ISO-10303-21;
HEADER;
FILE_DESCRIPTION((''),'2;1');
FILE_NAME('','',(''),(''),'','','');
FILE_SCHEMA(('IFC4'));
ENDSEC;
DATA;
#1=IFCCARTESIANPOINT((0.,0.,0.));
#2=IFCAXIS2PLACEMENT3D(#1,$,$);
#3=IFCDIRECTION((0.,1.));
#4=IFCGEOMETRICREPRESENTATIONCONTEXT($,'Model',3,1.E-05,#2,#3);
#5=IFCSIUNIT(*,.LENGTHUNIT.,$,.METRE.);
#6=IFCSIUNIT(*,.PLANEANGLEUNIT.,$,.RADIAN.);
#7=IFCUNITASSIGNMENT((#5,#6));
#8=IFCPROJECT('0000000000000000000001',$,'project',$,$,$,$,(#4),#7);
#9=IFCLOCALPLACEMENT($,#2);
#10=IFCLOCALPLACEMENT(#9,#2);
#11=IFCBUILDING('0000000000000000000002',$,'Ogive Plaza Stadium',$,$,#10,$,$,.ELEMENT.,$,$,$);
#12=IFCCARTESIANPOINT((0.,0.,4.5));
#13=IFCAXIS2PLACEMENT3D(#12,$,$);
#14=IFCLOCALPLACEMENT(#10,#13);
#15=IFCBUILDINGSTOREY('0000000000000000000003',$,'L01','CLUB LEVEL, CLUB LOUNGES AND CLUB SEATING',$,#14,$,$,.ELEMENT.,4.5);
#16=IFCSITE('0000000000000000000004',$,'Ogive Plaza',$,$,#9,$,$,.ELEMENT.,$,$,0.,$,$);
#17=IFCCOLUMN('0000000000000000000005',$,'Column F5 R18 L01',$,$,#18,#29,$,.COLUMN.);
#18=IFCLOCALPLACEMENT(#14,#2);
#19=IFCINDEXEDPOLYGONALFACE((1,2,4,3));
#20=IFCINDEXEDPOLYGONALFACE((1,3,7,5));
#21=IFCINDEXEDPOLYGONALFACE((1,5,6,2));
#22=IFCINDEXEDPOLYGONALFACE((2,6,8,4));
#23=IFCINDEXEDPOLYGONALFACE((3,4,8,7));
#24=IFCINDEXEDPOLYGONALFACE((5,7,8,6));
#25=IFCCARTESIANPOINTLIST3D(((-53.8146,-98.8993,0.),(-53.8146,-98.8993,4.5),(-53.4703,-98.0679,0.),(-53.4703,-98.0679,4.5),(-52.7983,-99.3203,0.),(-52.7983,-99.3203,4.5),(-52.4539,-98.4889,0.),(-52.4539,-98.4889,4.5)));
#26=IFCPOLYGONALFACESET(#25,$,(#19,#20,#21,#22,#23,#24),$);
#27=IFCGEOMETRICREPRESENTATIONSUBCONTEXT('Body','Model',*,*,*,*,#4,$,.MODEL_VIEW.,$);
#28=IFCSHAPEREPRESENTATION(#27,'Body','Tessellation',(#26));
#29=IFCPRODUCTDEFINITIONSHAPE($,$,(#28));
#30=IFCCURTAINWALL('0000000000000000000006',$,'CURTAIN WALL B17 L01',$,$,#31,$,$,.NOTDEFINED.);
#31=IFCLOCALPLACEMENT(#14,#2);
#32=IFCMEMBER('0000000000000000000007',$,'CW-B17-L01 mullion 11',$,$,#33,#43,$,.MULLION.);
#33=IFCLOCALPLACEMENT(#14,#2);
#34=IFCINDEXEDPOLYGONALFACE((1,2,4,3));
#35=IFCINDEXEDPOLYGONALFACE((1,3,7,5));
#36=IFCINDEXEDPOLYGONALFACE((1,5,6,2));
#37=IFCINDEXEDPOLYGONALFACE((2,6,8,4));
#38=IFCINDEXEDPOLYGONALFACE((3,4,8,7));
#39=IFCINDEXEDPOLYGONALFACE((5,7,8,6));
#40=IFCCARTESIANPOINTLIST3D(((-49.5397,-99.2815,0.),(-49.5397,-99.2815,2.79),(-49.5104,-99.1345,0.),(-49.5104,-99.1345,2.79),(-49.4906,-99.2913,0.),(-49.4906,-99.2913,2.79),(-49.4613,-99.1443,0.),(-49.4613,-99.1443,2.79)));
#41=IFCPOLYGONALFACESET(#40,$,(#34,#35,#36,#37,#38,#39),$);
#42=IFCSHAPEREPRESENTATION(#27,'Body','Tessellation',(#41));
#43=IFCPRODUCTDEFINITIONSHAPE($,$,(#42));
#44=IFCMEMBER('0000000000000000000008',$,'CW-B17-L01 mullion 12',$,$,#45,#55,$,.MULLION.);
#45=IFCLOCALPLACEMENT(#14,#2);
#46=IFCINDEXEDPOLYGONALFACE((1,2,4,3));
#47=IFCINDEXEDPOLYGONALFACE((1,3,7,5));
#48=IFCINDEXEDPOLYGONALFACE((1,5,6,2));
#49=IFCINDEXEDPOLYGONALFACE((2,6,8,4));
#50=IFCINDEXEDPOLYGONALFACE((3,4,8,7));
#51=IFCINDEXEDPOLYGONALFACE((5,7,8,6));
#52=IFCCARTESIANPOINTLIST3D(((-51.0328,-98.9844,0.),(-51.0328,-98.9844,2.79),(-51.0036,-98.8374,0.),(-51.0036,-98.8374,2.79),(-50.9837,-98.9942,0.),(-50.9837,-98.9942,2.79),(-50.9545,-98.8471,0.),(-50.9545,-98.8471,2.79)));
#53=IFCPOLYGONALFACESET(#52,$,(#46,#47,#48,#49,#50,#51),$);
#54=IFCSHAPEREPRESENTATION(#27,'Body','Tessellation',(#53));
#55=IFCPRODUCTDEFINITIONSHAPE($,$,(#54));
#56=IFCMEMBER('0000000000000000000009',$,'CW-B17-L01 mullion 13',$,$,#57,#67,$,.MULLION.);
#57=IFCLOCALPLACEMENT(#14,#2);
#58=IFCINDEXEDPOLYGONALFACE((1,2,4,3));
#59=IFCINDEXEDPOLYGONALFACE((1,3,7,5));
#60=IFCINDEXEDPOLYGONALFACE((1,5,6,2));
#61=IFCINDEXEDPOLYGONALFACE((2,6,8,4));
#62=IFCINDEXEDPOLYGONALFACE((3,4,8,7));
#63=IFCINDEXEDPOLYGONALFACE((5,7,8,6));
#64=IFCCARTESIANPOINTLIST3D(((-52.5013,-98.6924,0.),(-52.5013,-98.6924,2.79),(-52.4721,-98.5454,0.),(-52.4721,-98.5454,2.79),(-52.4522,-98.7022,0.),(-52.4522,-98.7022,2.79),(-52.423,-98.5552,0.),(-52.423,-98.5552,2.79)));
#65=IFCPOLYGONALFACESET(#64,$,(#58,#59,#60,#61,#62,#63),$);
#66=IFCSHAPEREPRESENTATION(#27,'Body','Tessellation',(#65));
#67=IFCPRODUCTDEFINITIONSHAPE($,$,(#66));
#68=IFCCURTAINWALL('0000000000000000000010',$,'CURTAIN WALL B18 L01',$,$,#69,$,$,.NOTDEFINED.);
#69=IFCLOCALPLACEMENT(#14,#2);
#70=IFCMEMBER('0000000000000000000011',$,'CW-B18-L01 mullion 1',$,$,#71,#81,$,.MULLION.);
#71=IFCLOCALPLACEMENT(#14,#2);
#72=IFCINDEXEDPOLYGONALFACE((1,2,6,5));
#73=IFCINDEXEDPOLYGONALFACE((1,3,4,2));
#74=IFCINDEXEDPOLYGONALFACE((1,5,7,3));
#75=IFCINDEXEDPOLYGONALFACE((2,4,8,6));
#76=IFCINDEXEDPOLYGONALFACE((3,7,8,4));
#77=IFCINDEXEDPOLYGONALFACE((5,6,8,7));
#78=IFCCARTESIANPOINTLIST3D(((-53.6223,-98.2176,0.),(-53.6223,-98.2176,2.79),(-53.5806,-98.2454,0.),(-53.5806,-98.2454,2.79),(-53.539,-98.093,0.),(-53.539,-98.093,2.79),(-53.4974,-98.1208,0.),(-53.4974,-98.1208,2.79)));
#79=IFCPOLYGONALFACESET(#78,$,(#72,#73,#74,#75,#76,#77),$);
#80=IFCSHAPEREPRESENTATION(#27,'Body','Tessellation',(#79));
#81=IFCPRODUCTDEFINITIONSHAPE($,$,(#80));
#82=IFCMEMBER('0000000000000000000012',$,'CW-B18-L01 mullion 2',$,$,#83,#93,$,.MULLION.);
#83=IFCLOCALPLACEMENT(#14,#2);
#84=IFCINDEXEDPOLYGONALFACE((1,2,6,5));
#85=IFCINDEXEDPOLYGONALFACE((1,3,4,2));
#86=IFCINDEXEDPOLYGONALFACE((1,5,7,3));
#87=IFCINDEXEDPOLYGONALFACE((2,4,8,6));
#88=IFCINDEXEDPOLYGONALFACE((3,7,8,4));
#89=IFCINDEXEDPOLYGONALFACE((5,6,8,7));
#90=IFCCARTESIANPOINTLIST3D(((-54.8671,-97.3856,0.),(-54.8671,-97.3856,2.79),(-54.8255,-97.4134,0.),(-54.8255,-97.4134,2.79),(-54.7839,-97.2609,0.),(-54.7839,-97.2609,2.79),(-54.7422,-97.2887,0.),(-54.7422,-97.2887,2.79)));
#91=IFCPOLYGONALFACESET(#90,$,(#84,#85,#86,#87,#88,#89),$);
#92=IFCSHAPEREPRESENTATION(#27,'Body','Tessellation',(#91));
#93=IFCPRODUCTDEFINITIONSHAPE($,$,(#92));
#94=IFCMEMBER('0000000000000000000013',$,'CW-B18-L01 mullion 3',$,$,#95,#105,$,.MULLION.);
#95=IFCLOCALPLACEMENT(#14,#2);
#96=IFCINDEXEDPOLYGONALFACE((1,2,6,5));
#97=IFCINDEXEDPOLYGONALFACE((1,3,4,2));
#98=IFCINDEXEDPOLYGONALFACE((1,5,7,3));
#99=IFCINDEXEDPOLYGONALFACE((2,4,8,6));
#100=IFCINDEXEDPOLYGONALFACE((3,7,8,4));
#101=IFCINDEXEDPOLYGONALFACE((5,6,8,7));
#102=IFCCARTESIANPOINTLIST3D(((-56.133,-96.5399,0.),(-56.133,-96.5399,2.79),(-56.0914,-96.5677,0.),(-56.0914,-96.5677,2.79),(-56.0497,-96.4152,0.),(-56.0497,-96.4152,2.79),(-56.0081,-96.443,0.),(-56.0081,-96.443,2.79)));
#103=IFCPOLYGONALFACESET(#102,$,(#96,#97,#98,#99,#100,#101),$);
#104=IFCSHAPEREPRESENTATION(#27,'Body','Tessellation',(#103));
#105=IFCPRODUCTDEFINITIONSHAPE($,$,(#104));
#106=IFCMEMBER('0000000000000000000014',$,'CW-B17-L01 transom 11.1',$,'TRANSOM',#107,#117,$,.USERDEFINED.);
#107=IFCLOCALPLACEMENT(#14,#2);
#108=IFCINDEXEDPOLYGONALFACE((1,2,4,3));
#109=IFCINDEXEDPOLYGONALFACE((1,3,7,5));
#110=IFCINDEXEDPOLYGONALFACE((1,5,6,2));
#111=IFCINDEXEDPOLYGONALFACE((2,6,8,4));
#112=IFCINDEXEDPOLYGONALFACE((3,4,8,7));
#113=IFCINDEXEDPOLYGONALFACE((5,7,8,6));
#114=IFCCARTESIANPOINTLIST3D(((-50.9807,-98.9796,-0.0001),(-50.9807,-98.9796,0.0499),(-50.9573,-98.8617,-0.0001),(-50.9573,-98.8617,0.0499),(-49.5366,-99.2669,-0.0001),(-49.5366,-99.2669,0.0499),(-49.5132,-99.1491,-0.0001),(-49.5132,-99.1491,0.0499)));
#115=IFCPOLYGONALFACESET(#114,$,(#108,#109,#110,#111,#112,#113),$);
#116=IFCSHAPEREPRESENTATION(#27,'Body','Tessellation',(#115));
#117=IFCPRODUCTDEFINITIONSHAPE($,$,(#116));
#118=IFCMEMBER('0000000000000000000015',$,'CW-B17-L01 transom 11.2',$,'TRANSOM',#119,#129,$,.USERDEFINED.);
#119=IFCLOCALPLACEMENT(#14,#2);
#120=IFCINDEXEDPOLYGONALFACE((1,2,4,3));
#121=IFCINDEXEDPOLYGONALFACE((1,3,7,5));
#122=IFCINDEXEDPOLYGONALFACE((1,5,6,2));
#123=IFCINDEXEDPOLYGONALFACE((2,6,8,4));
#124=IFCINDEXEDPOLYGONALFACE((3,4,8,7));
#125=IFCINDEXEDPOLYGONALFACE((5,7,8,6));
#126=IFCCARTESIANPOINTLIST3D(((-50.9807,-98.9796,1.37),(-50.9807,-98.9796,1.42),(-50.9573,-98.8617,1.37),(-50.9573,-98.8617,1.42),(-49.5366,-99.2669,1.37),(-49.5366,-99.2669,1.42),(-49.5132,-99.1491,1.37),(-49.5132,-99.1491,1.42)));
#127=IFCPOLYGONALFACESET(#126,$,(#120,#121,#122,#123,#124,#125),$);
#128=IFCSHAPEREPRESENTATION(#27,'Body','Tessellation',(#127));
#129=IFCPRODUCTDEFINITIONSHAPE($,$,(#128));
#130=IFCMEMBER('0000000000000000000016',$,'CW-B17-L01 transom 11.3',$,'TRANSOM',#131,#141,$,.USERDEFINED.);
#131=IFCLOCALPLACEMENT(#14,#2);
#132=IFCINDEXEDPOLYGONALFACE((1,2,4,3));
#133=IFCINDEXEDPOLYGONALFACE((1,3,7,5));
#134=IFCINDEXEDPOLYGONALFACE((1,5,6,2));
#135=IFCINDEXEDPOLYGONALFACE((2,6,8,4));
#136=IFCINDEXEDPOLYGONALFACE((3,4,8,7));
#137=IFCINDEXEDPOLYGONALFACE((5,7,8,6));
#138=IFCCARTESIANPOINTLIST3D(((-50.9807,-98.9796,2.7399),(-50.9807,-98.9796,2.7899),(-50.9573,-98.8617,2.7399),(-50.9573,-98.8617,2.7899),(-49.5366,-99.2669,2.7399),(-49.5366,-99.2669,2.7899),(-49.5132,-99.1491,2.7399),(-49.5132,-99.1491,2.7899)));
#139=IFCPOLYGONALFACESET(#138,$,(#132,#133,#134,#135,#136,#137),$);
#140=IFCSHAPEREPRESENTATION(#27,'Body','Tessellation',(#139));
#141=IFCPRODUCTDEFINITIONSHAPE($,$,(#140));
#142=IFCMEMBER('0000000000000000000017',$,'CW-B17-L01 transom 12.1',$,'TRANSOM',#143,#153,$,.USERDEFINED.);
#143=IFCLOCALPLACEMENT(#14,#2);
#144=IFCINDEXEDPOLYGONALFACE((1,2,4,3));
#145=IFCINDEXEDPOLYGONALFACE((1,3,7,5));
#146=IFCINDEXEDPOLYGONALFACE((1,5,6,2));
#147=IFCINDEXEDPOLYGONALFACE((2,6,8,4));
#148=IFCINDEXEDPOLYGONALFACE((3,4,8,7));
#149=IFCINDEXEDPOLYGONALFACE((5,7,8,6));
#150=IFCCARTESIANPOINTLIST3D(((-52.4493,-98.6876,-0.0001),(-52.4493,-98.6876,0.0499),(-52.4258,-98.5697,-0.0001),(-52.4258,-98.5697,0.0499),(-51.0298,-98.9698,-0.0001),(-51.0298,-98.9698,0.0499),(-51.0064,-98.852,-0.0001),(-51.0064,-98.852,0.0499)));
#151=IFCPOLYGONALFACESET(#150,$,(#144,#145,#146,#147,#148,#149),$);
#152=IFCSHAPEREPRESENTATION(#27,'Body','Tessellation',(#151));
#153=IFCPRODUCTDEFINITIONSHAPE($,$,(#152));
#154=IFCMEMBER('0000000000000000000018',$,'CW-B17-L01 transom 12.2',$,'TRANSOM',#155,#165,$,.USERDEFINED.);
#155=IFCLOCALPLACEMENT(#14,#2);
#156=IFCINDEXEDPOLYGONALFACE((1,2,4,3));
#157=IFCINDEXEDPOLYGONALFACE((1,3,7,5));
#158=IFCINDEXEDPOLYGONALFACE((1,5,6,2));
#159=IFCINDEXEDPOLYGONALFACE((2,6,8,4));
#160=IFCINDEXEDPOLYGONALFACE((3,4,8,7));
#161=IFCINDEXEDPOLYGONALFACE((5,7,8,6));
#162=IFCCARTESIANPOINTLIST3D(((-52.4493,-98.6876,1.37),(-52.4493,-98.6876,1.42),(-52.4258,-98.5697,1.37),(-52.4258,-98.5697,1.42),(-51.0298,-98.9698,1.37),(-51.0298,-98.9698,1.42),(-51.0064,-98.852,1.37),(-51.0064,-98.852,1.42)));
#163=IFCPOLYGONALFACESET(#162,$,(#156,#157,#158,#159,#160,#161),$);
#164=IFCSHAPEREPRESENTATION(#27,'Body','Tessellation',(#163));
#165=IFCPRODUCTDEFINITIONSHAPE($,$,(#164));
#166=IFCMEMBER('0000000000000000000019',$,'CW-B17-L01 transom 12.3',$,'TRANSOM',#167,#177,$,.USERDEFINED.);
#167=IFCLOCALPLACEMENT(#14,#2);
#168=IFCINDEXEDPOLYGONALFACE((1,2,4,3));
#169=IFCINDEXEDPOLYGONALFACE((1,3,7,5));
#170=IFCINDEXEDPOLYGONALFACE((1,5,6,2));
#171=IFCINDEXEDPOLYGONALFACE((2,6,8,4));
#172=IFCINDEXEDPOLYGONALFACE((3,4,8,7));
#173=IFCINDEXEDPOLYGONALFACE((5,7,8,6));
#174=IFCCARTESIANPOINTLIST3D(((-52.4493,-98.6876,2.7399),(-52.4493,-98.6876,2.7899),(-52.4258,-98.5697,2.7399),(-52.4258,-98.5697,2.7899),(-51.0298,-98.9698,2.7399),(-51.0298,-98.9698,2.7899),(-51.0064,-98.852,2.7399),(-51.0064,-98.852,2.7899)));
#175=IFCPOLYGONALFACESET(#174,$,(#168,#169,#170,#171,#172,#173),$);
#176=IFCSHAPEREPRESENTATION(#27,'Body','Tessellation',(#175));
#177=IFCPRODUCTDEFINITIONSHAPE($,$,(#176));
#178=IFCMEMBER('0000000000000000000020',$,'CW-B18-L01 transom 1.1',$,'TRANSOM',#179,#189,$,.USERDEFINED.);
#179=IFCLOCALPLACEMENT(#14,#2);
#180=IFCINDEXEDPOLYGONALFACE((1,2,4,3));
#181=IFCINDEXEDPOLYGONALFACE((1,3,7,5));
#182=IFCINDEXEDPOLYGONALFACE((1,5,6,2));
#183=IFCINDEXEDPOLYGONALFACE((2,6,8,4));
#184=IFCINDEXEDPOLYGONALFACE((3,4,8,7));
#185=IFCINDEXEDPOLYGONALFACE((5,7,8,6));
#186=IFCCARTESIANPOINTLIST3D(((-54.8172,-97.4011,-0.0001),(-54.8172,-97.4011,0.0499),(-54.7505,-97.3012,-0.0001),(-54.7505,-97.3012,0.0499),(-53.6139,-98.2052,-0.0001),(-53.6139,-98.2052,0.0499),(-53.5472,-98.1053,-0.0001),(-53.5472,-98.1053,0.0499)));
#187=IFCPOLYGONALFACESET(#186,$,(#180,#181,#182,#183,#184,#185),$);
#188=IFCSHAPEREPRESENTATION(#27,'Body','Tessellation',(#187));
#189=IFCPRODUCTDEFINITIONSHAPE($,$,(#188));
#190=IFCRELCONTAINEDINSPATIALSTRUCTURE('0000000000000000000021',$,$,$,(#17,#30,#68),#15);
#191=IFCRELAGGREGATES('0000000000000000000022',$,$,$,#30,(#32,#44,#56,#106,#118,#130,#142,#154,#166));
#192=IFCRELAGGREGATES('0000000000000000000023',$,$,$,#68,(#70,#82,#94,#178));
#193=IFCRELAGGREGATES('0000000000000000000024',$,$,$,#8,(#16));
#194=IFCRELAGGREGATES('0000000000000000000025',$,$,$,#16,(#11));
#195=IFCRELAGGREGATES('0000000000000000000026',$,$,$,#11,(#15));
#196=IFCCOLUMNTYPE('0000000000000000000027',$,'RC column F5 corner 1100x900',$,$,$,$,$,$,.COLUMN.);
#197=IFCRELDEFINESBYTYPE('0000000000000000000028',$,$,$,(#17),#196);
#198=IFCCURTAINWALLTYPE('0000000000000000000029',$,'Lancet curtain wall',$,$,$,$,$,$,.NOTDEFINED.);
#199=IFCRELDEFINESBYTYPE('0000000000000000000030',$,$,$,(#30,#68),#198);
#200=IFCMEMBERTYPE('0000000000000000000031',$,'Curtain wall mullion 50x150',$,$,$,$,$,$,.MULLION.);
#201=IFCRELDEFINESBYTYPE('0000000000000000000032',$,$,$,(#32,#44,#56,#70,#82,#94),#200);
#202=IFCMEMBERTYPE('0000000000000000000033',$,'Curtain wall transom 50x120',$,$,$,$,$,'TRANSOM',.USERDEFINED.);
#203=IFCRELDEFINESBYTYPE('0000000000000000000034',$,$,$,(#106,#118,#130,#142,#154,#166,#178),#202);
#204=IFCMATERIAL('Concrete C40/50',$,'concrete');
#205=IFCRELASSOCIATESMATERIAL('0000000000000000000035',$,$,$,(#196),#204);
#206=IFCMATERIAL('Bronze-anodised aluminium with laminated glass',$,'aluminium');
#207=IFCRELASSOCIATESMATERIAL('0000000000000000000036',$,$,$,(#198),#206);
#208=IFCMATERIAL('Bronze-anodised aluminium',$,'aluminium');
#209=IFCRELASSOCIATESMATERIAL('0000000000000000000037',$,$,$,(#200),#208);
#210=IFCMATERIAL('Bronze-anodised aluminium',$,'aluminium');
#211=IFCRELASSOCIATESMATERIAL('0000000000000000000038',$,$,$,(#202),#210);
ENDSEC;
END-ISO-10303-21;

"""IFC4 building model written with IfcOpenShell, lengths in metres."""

from ifc_helpers import new_model, si_unit, direction, frame, origin, origin_2d, place, context, subcontext, project, spatial, rectangle, extrude, material, material_profile, profile_set, type_object, element, aggregate, save


model = new_model("IFC4")

# Units and contexts
model_context = context("Model", 3, precision=1e-05, world=origin(), true_north=direction((0.0, 1.0)))
body_context = subcontext(model_context, "Body", "Model", "MODEL_VIEW")
ifc_project = project(units=[si_unit("LENGTHUNIT", "METRE"), si_unit("PLANEANGLEUNIT", "RADIAN")], contexts=[model_context])

# Site, building, storey
site_placement = place(None, origin())
site = spatial("IfcSite", under=ifc_project, at=site_placement, Name="Ogive Plaza", CompositionType="ELEMENT", RefElevation=0.0)
building_placement = place(site_placement, origin())
building = spatial("IfcBuilding", under=site, at=building_placement, Name="Ogive Plaza Stadium", CompositionType="ELEMENT")
storey_placement = place(building_placement, frame((0.0, 0.0, 4.5)))
storey = spatial("IfcBuildingStorey", under=building, at=storey_placement, Name="L01", Description="CLUB LEVEL, CLUB LOUNGES AND CLUB SEATING", CompositionType="ELEMENT", Elevation=4.5)

# Column
ifc_material_1 = material(Name="Concrete C40/50", Category="concrete")
ifc_material_profile_1 = material_profile(ifc_material_1, rectangle(XDim=1.1001, YDim=0.8999, at=origin_2d()), Name="RC 1100x900")
ifc_profile_set_1 = profile_set([ifc_material_profile_1], Name="Concrete C40/50")
column_type = type_object("IfcColumnType", Name="RC column F5 corner 1100x900", PredefinedType="COLUMN", material=ifc_profile_set_1)
column_placement = place(storey_placement, frame((-53.1343, -98.6941, 0.0), z_axis=(0.0, 0.0, 1.0), x_axis=(0.92388, -0.382683, 0.0)))
element("IfcColumn", 1, at=column_placement, inside=storey, type_object=column_type, Name="Column F5 R18 L01", PredefinedType="COLUMN", context=body_context, shape_type="SweptSolid", body=[
    extrude(rectangle(XDim=1.1001, YDim=0.8999, at=origin_2d()), origin(), (0.0, 0.0, 1.0), 4.5),
])

# Curtain walls, members
ifc_material_2 = material(Name="Bronze-anodised aluminium with laminated glass", Category="aluminium")
curtain_wall_type = type_object("IfcCurtainWallType", Name="Lancet curtain wall", PredefinedType="NOTDEFINED", material=ifc_material_2)
curtain_wall_1_placement = place(storey_placement, origin())
curtain_wall_1 = element("IfcCurtainWall", 2, at=curtain_wall_1_placement, inside=storey, type_object=curtain_wall_type, Name="CURTAIN WALL B17 L01", PredefinedType="NOTDEFINED")
ifc_material_3 = material(Name="Bronze-anodised aluminium", Category="aluminium")
ifc_material_profile_2 = material_profile(ifc_material_3, rectangle(XDim=0.1499, YDim=0.05, at=origin_2d()), Name="AL 150x50")
ifc_profile_set_2 = profile_set([ifc_material_profile_2], Name="Bronze-anodised aluminium")
member_type_1 = type_object("IfcMemberType", Name="Curtain wall mullion 50x150", PredefinedType="MULLION", material=ifc_profile_set_2)
member_1_placement = place(storey_placement, frame((-49.5005, -99.2129, 0.0), z_axis=(0.0, 0.0, 1.0), x_axis=(-0.19509, -0.980785, 0.0)))
member_1 = element("IfcMember", 3, at=member_1_placement, type_object=member_type_1, Name="CW-B17-L01 mullion 11", PredefinedType="MULLION", context=body_context, shape_type="SweptSolid", body=[
    extrude(rectangle(XDim=0.1499, YDim=0.05, at=origin_2d()), origin(), (0.0, 0.0, 1.0), 2.79),
])
member_2_placement = place(storey_placement, frame((-50.9937, -98.9158, 0.0), z_axis=(0.0, 0.0, 1.0), x_axis=(-0.19509, -0.980785, 0.0)))
member_2 = element("IfcMember", 4, at=member_2_placement, type_object=member_type_1, Name="CW-B17-L01 mullion 12", PredefinedType="MULLION", context=body_context, shape_type="SweptSolid", body=[
    extrude(rectangle(XDim=0.1499, YDim=0.05, at=origin_2d()), origin(), (0.0, 0.0, 1.0), 2.79),
])
member_3_placement = place(storey_placement, frame((-52.4622, -98.6238, 0.0), z_axis=(0.0, 0.0, 1.0), x_axis=(-0.19509, -0.980785, 0.0)))
member_3 = element("IfcMember", 5, at=member_3_placement, type_object=member_type_1, Name="CW-B17-L01 mullion 13", PredefinedType="MULLION", context=body_context, shape_type="SweptSolid", body=[
    extrude(rectangle(XDim=0.1499, YDim=0.05, at=origin_2d()), origin(), (0.0, 0.0, 1.0), 2.79),
])
curtain_wall_2_placement = place(storey_placement, origin())
curtain_wall_2 = element("IfcCurtainWall", 6, at=curtain_wall_2_placement, inside=storey, type_object=curtain_wall_type, Name="CURTAIN WALL B18 L01", PredefinedType="NOTDEFINED")
member_4_placement = place(storey_placement, frame((-53.5598, -98.1692, 0.0), z_axis=(0.0, 0.0, 1.0), x_axis=(-0.55557, -0.83147, 0.0)))
member_4 = element("IfcMember", 7, at=member_4_placement, type_object=member_type_1, Name="CW-B18-L01 mullion 1", PredefinedType="MULLION", context=body_context, shape_type="SweptSolid", body=[
    extrude(rectangle(XDim=0.1499, YDim=0.05, at=origin_2d()), origin(), (0.0, 0.0, 1.0), 2.79),
])
member_5_placement = place(storey_placement, frame((-54.8047, -97.3372, 0.0), z_axis=(0.0, 0.0, 1.0), x_axis=(-0.55557, -0.83147, 0.0)))
member_5 = element("IfcMember", 8, at=member_5_placement, type_object=member_type_1, Name="CW-B18-L01 mullion 2", PredefinedType="MULLION", context=body_context, shape_type="SweptSolid", body=[
    extrude(rectangle(XDim=0.1499, YDim=0.05, at=origin_2d()), origin(), (0.0, 0.0, 1.0), 2.79),
])
member_6_placement = place(storey_placement, frame((-56.0706, -96.4915, 0.0), z_axis=(0.0, 0.0, 1.0), x_axis=(-0.55557, -0.83147, 0.0)))
member_6 = element("IfcMember", 9, at=member_6_placement, type_object=member_type_1, Name="CW-B18-L01 mullion 3", PredefinedType="MULLION", context=body_context, shape_type="SweptSolid", body=[
    extrude(rectangle(XDim=0.1499, YDim=0.05, at=origin_2d()), origin(), (0.0, 0.0, 1.0), 2.79),
])

# Members
ifc_material_4 = material(Name="Bronze-anodised aluminium", Category="aluminium")
ifc_material_profile_3 = material_profile(ifc_material_4, rectangle(XDim=0.1201, YDim=0.05, at=origin_2d()), Name="AL 120x50")
ifc_profile_set_3 = profile_set([ifc_material_profile_3], Name="Bronze-anodised aluminium")
member_type_2 = type_object("IfcMemberType", Name="Curtain wall transom 50x120", ElementType="TRANSOM", PredefinedType="USERDEFINED", material=ifc_profile_set_3)
member_7_placement = place(storey_placement, frame((-49.5249, -99.208, 0.0249), z_axis=(-0.980772, 0.195159, 0.0), x_axis=(-0.195159, -0.980772, 0.0)))
member_7 = element("IfcMember", 10, at=member_7_placement, type_object=member_type_2, Name="CW-B17-L01 transom 11.1", ObjectType="TRANSOM", PredefinedType="USERDEFINED", context=body_context, shape_type="SweptSolid", body=[
    extrude(rectangle(XDim=0.1201, YDim=0.05, at=origin_2d()), origin(), (0.0, 0.0, 1.0), 1.4724),
])
member_8_placement = place(storey_placement, frame((-49.5249, -99.208, 1.395), z_axis=(-0.980772, 0.195159, 0.0), x_axis=(-0.195159, -0.980772, 0.0)))
member_8 = element("IfcMember", 11, at=member_8_placement, type_object=member_type_2, Name="CW-B17-L01 transom 11.2", ObjectType="TRANSOM", PredefinedType="USERDEFINED", context=body_context, shape_type="SweptSolid", body=[
    extrude(rectangle(XDim=0.1201, YDim=0.05, at=origin_2d()), origin(), (0.0, 0.0, 1.0), 1.4724),
])
member_9_placement = place(storey_placement, frame((-49.5249, -99.208, 2.7649), z_axis=(-0.980772, 0.195159, 0.0), x_axis=(-0.195159, -0.980772, 0.0)))
member_9 = element("IfcMember", 12, at=member_9_placement, type_object=member_type_2, Name="CW-B17-L01 transom 11.3", ObjectType="TRANSOM", PredefinedType="USERDEFINED", context=body_context, shape_type="SweptSolid", body=[
    extrude(rectangle(XDim=0.1201, YDim=0.05, at=origin_2d()), origin(), (0.0, 0.0, 1.0), 1.4724),
])
member_10_placement = place(storey_placement, frame((-51.0181, -98.9109, 0.0249), z_axis=(-0.980801, 0.195013, 0.0), x_axis=(-0.195013, -0.980801, 0.0)))
member_10 = element("IfcMember", 13, at=member_10_placement, type_object=member_type_2, Name="CW-B17-L01 transom 12.1", ObjectType="TRANSOM", PredefinedType="USERDEFINED", context=body_context, shape_type="SweptSolid", body=[
    extrude(rectangle(XDim=0.1201, YDim=0.05, at=origin_2d()), origin(), (0.0, 0.0, 1.0), 1.4473),
])
member_11_placement = place(storey_placement, frame((-51.0181, -98.9109, 1.395), z_axis=(-0.980801, 0.195013, 0.0), x_axis=(-0.195013, -0.980801, 0.0)))
member_11 = element("IfcMember", 14, at=member_11_placement, type_object=member_type_2, Name="CW-B17-L01 transom 12.2", ObjectType="TRANSOM", PredefinedType="USERDEFINED", context=body_context, shape_type="SweptSolid", body=[
    extrude(rectangle(XDim=0.1201, YDim=0.05, at=origin_2d()), origin(), (0.0, 0.0, 1.0), 1.4473),
])
member_12_placement = place(storey_placement, frame((-51.0181, -98.9109, 2.7649), z_axis=(-0.980801, 0.195013, 0.0), x_axis=(-0.195013, -0.980801, 0.0)))
member_12 = element("IfcMember", 15, at=member_12_placement, type_object=member_type_2, Name="CW-B17-L01 transom 12.3", ObjectType="TRANSOM", PredefinedType="USERDEFINED", context=body_context, shape_type="SweptSolid", body=[
    extrude(rectangle(XDim=0.1201, YDim=0.05, at=origin_2d()), origin(), (0.0, 0.0, 1.0), 1.4473),
])
member_13_placement = place(storey_placement, frame((-53.5806, -98.1553, 0.0249), z_axis=(-0.831427, 0.555634, 0.0), x_axis=(-0.555634, -0.831427, 0.0)))
member_13 = element("IfcMember", 16, at=member_13_placement, type_object=member_type_2, Name="CW-B18-L01 transom 1.1", ObjectType="TRANSOM", PredefinedType="USERDEFINED", context=body_context, shape_type="SweptSolid", body=[
    extrude(rectangle(XDim=0.1201, YDim=0.05, at=origin_2d()), origin(), (0.0, 0.0, 1.0), 1.4473),
])

aggregate(curtain_wall_1, [member_1, member_2, member_3, member_7, member_8, member_9, member_10, member_11, member_12])
aggregate(curtain_wall_2, [member_4, member_5, member_6, member_13])

save(model, "model.ifc")
